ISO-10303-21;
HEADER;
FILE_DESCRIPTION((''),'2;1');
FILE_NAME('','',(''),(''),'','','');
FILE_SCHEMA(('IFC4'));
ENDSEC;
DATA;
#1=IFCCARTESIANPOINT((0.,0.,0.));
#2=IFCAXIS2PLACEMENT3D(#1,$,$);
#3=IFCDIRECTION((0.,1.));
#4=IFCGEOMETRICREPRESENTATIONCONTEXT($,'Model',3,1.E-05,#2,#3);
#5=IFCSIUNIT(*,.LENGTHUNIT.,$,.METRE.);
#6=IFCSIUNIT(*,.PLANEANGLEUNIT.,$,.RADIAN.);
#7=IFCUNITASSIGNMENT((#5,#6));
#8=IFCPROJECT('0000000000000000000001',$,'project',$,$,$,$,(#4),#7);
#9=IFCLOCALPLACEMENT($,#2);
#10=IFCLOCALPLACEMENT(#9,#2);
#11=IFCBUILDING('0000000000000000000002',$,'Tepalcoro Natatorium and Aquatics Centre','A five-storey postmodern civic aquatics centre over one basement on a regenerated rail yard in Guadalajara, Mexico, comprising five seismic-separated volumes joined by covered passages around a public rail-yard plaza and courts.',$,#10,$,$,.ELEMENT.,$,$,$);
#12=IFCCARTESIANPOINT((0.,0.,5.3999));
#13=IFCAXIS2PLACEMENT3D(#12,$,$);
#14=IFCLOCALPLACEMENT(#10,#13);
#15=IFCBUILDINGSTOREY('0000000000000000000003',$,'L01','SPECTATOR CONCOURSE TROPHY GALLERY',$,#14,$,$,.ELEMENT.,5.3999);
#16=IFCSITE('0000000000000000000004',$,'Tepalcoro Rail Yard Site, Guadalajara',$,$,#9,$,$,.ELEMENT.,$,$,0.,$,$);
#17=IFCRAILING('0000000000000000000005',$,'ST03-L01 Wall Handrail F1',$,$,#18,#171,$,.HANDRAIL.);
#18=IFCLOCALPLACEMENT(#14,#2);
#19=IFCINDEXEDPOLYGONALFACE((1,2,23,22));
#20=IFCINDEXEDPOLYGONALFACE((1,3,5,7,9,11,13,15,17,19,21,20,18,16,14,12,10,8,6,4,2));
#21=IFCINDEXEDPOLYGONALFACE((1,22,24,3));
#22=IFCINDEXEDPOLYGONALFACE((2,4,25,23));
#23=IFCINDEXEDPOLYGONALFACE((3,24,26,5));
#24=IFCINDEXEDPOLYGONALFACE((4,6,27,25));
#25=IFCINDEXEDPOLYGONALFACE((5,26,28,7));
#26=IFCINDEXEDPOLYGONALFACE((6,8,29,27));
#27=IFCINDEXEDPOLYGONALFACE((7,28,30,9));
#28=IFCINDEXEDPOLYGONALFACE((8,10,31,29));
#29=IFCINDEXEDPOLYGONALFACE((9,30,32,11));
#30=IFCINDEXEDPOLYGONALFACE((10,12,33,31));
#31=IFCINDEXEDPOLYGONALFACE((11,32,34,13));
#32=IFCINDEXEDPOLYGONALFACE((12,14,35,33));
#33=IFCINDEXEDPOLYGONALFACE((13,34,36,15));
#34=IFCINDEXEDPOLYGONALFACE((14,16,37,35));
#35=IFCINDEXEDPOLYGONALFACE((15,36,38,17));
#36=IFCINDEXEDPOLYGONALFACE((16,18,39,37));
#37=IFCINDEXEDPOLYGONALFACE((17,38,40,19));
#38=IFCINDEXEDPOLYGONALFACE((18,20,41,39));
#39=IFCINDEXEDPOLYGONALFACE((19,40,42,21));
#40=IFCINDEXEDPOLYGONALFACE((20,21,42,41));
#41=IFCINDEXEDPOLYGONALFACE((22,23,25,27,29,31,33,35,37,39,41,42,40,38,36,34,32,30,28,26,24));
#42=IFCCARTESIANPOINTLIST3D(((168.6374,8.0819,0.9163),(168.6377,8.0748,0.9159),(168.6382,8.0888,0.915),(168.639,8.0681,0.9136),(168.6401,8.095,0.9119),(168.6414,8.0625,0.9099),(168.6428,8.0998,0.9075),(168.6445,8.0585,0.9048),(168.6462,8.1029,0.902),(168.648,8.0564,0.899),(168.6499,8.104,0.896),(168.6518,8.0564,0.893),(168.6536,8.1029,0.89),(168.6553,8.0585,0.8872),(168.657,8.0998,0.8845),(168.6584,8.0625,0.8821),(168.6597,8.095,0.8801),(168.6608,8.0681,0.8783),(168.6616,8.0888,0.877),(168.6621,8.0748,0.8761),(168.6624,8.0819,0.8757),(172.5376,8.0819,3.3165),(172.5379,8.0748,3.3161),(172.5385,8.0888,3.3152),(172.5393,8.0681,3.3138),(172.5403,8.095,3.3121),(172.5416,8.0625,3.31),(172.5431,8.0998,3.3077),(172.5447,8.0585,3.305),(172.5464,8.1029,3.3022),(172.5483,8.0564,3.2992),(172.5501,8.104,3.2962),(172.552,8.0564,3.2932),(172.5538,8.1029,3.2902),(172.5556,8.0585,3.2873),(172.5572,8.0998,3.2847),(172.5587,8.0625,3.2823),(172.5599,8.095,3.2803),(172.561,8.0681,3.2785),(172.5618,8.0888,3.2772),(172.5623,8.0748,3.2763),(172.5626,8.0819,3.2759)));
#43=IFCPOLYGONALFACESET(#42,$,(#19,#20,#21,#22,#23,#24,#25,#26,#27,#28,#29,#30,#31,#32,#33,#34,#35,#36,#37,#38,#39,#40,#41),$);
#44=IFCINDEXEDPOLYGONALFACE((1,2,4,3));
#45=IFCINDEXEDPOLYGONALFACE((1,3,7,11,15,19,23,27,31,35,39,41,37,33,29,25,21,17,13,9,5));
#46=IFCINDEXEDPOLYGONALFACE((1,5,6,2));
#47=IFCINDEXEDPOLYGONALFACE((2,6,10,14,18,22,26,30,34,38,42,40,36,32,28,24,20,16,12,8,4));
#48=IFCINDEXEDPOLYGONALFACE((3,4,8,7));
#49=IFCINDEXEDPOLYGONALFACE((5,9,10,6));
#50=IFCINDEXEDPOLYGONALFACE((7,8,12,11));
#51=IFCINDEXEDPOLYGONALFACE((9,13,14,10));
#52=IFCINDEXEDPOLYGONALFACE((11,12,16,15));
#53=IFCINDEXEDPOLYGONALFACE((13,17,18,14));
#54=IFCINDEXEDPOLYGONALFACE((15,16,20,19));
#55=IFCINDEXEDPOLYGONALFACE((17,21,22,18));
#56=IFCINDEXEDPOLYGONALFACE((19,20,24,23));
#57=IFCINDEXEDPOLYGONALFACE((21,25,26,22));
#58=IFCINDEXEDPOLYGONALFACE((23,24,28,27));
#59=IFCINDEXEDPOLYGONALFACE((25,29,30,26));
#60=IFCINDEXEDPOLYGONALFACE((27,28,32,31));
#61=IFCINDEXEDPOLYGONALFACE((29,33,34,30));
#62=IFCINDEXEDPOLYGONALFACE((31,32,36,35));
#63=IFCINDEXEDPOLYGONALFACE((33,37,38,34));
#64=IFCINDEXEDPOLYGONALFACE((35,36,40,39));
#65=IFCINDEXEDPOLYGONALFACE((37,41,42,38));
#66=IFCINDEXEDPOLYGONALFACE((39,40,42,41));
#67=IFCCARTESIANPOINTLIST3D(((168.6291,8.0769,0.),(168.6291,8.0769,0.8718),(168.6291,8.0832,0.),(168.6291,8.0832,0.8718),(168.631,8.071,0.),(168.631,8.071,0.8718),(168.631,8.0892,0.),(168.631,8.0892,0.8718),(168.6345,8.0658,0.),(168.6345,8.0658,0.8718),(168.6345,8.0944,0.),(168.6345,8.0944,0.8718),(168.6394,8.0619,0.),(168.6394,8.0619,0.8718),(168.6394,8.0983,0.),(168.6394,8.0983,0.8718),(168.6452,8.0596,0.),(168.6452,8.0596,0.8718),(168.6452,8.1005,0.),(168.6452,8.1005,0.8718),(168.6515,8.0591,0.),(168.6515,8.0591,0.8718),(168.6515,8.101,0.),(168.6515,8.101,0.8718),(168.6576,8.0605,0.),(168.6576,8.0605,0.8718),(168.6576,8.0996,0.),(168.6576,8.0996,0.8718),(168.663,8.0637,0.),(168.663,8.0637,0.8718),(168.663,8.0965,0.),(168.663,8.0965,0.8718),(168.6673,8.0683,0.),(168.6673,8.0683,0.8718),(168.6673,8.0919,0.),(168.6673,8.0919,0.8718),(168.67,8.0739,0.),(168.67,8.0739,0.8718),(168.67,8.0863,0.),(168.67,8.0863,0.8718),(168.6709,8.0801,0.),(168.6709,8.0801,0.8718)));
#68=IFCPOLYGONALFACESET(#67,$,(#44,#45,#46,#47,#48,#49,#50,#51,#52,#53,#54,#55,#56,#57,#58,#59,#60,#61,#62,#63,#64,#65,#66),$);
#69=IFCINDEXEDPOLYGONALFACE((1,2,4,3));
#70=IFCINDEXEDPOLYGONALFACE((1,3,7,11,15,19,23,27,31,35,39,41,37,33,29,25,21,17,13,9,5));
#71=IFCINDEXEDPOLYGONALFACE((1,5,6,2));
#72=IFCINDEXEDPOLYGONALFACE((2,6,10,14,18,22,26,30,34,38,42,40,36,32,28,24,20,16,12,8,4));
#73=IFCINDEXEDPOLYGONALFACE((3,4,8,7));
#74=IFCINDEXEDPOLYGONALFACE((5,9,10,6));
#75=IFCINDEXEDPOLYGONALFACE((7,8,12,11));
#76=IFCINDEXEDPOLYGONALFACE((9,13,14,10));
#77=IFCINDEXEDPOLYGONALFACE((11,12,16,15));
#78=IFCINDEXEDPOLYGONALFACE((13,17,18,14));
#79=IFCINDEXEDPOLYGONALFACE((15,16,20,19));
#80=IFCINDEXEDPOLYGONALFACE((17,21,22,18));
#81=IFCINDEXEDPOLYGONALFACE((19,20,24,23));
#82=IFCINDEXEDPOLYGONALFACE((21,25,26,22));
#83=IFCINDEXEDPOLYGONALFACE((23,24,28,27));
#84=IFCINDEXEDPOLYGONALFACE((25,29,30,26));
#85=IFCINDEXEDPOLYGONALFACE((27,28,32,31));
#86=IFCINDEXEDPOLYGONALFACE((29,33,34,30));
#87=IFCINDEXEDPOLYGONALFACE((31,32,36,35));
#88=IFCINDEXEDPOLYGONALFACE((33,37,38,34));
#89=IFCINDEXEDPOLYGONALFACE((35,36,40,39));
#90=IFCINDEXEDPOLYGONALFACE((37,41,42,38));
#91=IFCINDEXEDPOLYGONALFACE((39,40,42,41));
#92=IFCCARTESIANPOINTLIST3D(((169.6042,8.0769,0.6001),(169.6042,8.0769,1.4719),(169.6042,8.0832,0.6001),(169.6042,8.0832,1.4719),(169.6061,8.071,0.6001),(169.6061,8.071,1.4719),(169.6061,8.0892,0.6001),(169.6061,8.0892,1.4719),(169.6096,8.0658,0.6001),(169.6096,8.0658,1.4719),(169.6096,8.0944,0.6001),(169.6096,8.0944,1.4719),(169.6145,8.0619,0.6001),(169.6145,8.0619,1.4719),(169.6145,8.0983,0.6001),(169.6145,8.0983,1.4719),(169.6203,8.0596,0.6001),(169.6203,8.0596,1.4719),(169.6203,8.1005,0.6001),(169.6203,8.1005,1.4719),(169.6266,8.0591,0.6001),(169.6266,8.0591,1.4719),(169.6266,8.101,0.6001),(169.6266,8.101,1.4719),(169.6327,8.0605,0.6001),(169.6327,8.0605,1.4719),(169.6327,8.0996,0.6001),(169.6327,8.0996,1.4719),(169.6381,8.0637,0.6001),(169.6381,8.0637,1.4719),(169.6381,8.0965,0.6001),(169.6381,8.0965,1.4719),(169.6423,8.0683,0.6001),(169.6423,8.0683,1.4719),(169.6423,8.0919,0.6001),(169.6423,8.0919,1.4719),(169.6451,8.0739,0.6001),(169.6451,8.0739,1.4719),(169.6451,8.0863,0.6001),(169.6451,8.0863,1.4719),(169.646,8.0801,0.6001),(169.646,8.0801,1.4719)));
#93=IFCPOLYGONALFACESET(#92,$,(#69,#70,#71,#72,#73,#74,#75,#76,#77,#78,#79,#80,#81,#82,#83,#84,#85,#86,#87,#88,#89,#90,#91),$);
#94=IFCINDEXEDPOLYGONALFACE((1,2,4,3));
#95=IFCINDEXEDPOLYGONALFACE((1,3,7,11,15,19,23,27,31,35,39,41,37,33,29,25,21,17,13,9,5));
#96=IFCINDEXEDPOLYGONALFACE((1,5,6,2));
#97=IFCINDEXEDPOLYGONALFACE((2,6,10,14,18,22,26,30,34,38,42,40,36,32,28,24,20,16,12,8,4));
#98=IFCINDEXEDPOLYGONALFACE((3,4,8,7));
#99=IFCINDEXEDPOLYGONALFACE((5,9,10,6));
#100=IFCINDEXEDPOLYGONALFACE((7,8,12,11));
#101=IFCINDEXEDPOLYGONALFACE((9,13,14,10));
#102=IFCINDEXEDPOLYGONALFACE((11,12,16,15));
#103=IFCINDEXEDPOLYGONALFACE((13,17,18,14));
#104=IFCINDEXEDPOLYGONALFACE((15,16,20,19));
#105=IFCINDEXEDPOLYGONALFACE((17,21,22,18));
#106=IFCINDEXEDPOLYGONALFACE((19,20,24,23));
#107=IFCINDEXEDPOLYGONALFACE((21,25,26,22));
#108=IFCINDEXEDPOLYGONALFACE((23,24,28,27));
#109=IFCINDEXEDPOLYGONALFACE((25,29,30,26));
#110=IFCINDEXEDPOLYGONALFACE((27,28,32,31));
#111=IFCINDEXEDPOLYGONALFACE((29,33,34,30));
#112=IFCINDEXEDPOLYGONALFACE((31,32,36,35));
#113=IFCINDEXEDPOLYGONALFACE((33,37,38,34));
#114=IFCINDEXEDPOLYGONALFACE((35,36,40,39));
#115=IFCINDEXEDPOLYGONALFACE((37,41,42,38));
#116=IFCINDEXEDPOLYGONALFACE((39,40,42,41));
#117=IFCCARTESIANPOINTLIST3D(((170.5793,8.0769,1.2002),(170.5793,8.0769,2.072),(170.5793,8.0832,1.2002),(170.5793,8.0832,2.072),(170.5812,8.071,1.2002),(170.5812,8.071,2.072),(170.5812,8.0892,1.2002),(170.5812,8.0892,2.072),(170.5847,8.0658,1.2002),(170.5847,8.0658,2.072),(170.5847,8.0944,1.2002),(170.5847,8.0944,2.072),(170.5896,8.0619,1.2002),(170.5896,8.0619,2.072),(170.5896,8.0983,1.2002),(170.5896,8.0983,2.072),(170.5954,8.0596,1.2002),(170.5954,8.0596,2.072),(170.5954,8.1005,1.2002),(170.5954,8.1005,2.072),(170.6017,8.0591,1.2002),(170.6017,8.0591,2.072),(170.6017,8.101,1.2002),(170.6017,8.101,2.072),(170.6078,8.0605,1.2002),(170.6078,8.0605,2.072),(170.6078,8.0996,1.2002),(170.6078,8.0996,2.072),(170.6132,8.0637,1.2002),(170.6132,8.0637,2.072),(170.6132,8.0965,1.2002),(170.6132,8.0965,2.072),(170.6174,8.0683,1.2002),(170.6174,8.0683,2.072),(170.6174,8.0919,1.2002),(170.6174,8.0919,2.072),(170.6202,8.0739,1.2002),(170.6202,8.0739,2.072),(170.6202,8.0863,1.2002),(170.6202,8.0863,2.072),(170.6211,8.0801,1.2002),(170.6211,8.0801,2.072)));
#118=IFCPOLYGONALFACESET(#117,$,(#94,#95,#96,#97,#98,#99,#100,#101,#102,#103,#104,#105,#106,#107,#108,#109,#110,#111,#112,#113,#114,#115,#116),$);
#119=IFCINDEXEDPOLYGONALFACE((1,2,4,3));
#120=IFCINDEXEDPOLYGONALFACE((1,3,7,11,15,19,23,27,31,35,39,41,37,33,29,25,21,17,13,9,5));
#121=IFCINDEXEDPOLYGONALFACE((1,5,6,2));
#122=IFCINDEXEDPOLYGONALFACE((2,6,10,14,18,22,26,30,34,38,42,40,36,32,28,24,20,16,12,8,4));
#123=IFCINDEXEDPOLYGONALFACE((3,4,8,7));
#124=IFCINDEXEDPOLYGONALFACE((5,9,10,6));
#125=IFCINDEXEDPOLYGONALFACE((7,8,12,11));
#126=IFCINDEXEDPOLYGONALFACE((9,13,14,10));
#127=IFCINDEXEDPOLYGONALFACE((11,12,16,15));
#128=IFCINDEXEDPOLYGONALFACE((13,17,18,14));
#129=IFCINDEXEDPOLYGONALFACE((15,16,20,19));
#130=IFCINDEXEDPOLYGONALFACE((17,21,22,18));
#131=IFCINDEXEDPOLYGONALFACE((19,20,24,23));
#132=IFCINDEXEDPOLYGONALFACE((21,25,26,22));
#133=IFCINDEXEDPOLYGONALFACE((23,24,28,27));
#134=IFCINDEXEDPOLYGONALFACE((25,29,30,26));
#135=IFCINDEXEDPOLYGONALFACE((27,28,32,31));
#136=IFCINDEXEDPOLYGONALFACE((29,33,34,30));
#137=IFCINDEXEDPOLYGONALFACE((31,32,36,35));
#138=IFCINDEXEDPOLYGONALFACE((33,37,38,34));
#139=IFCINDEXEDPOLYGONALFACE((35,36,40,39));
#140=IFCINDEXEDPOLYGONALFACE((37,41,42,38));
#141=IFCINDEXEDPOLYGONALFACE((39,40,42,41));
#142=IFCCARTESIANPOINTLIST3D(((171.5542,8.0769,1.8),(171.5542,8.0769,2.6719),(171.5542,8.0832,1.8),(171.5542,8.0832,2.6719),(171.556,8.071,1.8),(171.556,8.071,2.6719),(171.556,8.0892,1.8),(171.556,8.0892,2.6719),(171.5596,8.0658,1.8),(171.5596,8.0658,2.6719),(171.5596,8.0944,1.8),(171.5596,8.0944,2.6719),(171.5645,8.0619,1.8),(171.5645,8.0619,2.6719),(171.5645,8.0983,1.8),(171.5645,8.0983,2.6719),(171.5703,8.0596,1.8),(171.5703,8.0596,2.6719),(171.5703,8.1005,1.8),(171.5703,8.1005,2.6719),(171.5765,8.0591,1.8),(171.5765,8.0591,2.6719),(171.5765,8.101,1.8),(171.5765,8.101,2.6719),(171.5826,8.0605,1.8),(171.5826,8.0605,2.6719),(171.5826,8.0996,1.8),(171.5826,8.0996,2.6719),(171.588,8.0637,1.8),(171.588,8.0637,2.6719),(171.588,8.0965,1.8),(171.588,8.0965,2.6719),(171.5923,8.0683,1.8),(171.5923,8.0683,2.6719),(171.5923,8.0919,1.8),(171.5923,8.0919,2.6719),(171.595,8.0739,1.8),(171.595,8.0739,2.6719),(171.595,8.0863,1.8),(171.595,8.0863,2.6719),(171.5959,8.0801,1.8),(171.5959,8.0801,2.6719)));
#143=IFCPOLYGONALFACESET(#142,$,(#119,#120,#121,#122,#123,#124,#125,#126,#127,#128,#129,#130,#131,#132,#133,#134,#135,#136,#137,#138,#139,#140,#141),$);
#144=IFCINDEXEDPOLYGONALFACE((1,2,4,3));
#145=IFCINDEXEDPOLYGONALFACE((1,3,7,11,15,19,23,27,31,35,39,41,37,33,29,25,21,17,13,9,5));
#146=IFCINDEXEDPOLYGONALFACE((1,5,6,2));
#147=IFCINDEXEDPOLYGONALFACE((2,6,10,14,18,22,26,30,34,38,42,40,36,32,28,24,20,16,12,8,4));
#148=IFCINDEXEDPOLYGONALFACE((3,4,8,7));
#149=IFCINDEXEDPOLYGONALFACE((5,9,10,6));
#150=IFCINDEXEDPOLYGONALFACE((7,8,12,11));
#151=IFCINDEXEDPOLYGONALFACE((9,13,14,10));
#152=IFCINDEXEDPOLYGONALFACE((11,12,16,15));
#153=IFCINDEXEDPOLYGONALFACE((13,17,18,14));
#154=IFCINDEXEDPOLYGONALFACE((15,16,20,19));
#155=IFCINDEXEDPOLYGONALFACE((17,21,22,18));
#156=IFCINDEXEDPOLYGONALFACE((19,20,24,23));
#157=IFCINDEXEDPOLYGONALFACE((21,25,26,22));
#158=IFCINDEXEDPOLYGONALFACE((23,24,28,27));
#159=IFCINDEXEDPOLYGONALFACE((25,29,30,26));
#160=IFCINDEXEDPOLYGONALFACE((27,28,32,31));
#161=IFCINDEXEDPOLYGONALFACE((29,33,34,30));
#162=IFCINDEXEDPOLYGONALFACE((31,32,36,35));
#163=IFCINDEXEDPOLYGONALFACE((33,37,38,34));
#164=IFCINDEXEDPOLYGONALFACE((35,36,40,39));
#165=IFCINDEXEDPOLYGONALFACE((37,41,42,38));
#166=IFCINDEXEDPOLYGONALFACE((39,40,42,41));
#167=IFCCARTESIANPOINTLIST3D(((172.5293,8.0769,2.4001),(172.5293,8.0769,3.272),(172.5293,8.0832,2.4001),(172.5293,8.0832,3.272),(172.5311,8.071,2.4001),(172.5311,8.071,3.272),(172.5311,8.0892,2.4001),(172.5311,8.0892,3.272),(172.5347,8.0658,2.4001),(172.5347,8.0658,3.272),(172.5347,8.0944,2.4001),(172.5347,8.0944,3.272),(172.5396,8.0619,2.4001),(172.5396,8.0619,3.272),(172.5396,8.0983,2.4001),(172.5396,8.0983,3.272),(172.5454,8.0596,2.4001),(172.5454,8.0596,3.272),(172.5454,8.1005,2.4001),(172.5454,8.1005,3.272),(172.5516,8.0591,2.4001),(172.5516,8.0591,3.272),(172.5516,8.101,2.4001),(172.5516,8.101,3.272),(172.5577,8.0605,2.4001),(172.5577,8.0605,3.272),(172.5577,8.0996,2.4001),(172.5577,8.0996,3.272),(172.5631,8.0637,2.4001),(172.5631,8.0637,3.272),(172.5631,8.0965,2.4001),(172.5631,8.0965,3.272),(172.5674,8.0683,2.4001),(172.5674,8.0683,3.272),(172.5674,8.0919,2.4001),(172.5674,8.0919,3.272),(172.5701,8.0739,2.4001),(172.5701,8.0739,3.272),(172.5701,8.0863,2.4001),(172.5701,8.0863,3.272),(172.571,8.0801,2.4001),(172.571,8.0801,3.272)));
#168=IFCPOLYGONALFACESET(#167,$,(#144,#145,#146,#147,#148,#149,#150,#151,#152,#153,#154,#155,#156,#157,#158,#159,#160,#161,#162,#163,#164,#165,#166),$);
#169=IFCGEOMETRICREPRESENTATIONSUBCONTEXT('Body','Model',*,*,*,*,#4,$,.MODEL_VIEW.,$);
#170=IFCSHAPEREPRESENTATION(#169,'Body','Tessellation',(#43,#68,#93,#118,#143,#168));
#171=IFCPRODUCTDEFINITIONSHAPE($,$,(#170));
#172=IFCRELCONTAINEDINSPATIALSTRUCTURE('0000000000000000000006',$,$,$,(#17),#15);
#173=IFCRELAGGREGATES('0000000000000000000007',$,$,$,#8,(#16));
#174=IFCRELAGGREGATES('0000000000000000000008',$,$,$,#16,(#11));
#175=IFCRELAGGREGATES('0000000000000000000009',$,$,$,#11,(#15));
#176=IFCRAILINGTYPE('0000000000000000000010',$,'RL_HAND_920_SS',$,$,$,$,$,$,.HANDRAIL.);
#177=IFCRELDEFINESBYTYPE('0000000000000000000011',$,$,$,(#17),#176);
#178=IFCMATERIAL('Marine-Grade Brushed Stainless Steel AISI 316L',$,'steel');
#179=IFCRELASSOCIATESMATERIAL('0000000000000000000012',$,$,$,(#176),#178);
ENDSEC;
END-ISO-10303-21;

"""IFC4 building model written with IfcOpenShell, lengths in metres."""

from ifc_helpers import new_model, si_unit, direction, frame, origin, origin_2d, place, context, subcontext, project, spatial, circle, extrude, material, type_object, element, save


model = new_model("IFC4")

# Units and contexts
model_context = context("Model", 3, precision=1e-05, world=origin(), true_north=direction((0.0, 1.0)))
body_context = subcontext(model_context, "Body", "Model", "MODEL_VIEW")
ifc_project = project(units=[si_unit("LENGTHUNIT", "METRE"), si_unit("PLANEANGLEUNIT", "RADIAN")], contexts=[model_context])

# Site, building, storey
site_placement = place(None, origin())
site = spatial("IfcSite", under=ifc_project, at=site_placement, Name="Tepalcoro Rail Yard Site, Guadalajara", CompositionType="ELEMENT", RefElevation=0.0)
building_placement = place(site_placement, origin())
building = spatial("IfcBuilding", under=site, at=building_placement, Name="Tepalcoro Natatorium and Aquatics Centre", Description="A five-storey postmodern civic aquatics centre over one basement on a regenerated rail yard in Guadalajara, Mexico, comprising five seismic-separated volumes joined by covered passages around a public rail-yard plaza and courts.", CompositionType="ELEMENT")
storey_placement = place(building_placement, frame((0.0, 0.0, 5.3999)))
storey = spatial("IfcBuildingStorey", under=building, at=storey_placement, Name="L01", Description="SPECTATOR CONCOURSE TROPHY GALLERY", CompositionType="ELEMENT", Elevation=5.3999)

# Railing
ifc_material_1 = material(Name="Marine-Grade Brushed Stainless Steel AISI 316L", Category="steel")
railing_type = type_object("IfcRailingType", Name="RL_HAND_920_SS", PredefinedType="HANDRAIL", material=ifc_material_1)
railing_placement = place(storey_placement, frame((168.6499, 8.0801, 0.0)))
element("IfcRailing", 1, at=railing_placement, inside=storey, type_object=railing_type, Name="ST03-L01 Wall Handrail F1", PredefinedType="HANDRAIL", context=body_context, shape_type="SweptSolid", body=[
    extrude(circle(Radius=0.0239, at=origin_2d()), frame((0.0, 0.0, 0.896), z_axis=(0.851653, 0.0, 0.524106), x_axis=(0.0, 1.0, 0.0)), (0.0, 0.0, 1.0), 4.5796),
    extrude(circle(Radius=0.021, at=origin_2d()), origin(), (0.0, 0.0, 1.0), 0.8718),
    extrude(circle(Radius=0.021, at=origin_2d()), frame((0.9751, 0.0, 0.6001)), (0.0, 0.0, 1.0), 0.8718),
    extrude(circle(Radius=0.021, at=origin_2d()), frame((1.9502, 0.0, 1.2002)), (0.0, 0.0, 1.0), 0.8718),
    extrude(circle(Radius=0.021, at=origin_2d()), frame((2.925, 0.0, 1.8)), (0.0, 0.0, 1.0), 0.8718),
    extrude(circle(Radius=0.021, at=origin_2d()), frame((3.9001, 0.0, 2.4001)), (0.0, 0.0, 1.0), 0.8718),
])

save(model, "model.ifc")
